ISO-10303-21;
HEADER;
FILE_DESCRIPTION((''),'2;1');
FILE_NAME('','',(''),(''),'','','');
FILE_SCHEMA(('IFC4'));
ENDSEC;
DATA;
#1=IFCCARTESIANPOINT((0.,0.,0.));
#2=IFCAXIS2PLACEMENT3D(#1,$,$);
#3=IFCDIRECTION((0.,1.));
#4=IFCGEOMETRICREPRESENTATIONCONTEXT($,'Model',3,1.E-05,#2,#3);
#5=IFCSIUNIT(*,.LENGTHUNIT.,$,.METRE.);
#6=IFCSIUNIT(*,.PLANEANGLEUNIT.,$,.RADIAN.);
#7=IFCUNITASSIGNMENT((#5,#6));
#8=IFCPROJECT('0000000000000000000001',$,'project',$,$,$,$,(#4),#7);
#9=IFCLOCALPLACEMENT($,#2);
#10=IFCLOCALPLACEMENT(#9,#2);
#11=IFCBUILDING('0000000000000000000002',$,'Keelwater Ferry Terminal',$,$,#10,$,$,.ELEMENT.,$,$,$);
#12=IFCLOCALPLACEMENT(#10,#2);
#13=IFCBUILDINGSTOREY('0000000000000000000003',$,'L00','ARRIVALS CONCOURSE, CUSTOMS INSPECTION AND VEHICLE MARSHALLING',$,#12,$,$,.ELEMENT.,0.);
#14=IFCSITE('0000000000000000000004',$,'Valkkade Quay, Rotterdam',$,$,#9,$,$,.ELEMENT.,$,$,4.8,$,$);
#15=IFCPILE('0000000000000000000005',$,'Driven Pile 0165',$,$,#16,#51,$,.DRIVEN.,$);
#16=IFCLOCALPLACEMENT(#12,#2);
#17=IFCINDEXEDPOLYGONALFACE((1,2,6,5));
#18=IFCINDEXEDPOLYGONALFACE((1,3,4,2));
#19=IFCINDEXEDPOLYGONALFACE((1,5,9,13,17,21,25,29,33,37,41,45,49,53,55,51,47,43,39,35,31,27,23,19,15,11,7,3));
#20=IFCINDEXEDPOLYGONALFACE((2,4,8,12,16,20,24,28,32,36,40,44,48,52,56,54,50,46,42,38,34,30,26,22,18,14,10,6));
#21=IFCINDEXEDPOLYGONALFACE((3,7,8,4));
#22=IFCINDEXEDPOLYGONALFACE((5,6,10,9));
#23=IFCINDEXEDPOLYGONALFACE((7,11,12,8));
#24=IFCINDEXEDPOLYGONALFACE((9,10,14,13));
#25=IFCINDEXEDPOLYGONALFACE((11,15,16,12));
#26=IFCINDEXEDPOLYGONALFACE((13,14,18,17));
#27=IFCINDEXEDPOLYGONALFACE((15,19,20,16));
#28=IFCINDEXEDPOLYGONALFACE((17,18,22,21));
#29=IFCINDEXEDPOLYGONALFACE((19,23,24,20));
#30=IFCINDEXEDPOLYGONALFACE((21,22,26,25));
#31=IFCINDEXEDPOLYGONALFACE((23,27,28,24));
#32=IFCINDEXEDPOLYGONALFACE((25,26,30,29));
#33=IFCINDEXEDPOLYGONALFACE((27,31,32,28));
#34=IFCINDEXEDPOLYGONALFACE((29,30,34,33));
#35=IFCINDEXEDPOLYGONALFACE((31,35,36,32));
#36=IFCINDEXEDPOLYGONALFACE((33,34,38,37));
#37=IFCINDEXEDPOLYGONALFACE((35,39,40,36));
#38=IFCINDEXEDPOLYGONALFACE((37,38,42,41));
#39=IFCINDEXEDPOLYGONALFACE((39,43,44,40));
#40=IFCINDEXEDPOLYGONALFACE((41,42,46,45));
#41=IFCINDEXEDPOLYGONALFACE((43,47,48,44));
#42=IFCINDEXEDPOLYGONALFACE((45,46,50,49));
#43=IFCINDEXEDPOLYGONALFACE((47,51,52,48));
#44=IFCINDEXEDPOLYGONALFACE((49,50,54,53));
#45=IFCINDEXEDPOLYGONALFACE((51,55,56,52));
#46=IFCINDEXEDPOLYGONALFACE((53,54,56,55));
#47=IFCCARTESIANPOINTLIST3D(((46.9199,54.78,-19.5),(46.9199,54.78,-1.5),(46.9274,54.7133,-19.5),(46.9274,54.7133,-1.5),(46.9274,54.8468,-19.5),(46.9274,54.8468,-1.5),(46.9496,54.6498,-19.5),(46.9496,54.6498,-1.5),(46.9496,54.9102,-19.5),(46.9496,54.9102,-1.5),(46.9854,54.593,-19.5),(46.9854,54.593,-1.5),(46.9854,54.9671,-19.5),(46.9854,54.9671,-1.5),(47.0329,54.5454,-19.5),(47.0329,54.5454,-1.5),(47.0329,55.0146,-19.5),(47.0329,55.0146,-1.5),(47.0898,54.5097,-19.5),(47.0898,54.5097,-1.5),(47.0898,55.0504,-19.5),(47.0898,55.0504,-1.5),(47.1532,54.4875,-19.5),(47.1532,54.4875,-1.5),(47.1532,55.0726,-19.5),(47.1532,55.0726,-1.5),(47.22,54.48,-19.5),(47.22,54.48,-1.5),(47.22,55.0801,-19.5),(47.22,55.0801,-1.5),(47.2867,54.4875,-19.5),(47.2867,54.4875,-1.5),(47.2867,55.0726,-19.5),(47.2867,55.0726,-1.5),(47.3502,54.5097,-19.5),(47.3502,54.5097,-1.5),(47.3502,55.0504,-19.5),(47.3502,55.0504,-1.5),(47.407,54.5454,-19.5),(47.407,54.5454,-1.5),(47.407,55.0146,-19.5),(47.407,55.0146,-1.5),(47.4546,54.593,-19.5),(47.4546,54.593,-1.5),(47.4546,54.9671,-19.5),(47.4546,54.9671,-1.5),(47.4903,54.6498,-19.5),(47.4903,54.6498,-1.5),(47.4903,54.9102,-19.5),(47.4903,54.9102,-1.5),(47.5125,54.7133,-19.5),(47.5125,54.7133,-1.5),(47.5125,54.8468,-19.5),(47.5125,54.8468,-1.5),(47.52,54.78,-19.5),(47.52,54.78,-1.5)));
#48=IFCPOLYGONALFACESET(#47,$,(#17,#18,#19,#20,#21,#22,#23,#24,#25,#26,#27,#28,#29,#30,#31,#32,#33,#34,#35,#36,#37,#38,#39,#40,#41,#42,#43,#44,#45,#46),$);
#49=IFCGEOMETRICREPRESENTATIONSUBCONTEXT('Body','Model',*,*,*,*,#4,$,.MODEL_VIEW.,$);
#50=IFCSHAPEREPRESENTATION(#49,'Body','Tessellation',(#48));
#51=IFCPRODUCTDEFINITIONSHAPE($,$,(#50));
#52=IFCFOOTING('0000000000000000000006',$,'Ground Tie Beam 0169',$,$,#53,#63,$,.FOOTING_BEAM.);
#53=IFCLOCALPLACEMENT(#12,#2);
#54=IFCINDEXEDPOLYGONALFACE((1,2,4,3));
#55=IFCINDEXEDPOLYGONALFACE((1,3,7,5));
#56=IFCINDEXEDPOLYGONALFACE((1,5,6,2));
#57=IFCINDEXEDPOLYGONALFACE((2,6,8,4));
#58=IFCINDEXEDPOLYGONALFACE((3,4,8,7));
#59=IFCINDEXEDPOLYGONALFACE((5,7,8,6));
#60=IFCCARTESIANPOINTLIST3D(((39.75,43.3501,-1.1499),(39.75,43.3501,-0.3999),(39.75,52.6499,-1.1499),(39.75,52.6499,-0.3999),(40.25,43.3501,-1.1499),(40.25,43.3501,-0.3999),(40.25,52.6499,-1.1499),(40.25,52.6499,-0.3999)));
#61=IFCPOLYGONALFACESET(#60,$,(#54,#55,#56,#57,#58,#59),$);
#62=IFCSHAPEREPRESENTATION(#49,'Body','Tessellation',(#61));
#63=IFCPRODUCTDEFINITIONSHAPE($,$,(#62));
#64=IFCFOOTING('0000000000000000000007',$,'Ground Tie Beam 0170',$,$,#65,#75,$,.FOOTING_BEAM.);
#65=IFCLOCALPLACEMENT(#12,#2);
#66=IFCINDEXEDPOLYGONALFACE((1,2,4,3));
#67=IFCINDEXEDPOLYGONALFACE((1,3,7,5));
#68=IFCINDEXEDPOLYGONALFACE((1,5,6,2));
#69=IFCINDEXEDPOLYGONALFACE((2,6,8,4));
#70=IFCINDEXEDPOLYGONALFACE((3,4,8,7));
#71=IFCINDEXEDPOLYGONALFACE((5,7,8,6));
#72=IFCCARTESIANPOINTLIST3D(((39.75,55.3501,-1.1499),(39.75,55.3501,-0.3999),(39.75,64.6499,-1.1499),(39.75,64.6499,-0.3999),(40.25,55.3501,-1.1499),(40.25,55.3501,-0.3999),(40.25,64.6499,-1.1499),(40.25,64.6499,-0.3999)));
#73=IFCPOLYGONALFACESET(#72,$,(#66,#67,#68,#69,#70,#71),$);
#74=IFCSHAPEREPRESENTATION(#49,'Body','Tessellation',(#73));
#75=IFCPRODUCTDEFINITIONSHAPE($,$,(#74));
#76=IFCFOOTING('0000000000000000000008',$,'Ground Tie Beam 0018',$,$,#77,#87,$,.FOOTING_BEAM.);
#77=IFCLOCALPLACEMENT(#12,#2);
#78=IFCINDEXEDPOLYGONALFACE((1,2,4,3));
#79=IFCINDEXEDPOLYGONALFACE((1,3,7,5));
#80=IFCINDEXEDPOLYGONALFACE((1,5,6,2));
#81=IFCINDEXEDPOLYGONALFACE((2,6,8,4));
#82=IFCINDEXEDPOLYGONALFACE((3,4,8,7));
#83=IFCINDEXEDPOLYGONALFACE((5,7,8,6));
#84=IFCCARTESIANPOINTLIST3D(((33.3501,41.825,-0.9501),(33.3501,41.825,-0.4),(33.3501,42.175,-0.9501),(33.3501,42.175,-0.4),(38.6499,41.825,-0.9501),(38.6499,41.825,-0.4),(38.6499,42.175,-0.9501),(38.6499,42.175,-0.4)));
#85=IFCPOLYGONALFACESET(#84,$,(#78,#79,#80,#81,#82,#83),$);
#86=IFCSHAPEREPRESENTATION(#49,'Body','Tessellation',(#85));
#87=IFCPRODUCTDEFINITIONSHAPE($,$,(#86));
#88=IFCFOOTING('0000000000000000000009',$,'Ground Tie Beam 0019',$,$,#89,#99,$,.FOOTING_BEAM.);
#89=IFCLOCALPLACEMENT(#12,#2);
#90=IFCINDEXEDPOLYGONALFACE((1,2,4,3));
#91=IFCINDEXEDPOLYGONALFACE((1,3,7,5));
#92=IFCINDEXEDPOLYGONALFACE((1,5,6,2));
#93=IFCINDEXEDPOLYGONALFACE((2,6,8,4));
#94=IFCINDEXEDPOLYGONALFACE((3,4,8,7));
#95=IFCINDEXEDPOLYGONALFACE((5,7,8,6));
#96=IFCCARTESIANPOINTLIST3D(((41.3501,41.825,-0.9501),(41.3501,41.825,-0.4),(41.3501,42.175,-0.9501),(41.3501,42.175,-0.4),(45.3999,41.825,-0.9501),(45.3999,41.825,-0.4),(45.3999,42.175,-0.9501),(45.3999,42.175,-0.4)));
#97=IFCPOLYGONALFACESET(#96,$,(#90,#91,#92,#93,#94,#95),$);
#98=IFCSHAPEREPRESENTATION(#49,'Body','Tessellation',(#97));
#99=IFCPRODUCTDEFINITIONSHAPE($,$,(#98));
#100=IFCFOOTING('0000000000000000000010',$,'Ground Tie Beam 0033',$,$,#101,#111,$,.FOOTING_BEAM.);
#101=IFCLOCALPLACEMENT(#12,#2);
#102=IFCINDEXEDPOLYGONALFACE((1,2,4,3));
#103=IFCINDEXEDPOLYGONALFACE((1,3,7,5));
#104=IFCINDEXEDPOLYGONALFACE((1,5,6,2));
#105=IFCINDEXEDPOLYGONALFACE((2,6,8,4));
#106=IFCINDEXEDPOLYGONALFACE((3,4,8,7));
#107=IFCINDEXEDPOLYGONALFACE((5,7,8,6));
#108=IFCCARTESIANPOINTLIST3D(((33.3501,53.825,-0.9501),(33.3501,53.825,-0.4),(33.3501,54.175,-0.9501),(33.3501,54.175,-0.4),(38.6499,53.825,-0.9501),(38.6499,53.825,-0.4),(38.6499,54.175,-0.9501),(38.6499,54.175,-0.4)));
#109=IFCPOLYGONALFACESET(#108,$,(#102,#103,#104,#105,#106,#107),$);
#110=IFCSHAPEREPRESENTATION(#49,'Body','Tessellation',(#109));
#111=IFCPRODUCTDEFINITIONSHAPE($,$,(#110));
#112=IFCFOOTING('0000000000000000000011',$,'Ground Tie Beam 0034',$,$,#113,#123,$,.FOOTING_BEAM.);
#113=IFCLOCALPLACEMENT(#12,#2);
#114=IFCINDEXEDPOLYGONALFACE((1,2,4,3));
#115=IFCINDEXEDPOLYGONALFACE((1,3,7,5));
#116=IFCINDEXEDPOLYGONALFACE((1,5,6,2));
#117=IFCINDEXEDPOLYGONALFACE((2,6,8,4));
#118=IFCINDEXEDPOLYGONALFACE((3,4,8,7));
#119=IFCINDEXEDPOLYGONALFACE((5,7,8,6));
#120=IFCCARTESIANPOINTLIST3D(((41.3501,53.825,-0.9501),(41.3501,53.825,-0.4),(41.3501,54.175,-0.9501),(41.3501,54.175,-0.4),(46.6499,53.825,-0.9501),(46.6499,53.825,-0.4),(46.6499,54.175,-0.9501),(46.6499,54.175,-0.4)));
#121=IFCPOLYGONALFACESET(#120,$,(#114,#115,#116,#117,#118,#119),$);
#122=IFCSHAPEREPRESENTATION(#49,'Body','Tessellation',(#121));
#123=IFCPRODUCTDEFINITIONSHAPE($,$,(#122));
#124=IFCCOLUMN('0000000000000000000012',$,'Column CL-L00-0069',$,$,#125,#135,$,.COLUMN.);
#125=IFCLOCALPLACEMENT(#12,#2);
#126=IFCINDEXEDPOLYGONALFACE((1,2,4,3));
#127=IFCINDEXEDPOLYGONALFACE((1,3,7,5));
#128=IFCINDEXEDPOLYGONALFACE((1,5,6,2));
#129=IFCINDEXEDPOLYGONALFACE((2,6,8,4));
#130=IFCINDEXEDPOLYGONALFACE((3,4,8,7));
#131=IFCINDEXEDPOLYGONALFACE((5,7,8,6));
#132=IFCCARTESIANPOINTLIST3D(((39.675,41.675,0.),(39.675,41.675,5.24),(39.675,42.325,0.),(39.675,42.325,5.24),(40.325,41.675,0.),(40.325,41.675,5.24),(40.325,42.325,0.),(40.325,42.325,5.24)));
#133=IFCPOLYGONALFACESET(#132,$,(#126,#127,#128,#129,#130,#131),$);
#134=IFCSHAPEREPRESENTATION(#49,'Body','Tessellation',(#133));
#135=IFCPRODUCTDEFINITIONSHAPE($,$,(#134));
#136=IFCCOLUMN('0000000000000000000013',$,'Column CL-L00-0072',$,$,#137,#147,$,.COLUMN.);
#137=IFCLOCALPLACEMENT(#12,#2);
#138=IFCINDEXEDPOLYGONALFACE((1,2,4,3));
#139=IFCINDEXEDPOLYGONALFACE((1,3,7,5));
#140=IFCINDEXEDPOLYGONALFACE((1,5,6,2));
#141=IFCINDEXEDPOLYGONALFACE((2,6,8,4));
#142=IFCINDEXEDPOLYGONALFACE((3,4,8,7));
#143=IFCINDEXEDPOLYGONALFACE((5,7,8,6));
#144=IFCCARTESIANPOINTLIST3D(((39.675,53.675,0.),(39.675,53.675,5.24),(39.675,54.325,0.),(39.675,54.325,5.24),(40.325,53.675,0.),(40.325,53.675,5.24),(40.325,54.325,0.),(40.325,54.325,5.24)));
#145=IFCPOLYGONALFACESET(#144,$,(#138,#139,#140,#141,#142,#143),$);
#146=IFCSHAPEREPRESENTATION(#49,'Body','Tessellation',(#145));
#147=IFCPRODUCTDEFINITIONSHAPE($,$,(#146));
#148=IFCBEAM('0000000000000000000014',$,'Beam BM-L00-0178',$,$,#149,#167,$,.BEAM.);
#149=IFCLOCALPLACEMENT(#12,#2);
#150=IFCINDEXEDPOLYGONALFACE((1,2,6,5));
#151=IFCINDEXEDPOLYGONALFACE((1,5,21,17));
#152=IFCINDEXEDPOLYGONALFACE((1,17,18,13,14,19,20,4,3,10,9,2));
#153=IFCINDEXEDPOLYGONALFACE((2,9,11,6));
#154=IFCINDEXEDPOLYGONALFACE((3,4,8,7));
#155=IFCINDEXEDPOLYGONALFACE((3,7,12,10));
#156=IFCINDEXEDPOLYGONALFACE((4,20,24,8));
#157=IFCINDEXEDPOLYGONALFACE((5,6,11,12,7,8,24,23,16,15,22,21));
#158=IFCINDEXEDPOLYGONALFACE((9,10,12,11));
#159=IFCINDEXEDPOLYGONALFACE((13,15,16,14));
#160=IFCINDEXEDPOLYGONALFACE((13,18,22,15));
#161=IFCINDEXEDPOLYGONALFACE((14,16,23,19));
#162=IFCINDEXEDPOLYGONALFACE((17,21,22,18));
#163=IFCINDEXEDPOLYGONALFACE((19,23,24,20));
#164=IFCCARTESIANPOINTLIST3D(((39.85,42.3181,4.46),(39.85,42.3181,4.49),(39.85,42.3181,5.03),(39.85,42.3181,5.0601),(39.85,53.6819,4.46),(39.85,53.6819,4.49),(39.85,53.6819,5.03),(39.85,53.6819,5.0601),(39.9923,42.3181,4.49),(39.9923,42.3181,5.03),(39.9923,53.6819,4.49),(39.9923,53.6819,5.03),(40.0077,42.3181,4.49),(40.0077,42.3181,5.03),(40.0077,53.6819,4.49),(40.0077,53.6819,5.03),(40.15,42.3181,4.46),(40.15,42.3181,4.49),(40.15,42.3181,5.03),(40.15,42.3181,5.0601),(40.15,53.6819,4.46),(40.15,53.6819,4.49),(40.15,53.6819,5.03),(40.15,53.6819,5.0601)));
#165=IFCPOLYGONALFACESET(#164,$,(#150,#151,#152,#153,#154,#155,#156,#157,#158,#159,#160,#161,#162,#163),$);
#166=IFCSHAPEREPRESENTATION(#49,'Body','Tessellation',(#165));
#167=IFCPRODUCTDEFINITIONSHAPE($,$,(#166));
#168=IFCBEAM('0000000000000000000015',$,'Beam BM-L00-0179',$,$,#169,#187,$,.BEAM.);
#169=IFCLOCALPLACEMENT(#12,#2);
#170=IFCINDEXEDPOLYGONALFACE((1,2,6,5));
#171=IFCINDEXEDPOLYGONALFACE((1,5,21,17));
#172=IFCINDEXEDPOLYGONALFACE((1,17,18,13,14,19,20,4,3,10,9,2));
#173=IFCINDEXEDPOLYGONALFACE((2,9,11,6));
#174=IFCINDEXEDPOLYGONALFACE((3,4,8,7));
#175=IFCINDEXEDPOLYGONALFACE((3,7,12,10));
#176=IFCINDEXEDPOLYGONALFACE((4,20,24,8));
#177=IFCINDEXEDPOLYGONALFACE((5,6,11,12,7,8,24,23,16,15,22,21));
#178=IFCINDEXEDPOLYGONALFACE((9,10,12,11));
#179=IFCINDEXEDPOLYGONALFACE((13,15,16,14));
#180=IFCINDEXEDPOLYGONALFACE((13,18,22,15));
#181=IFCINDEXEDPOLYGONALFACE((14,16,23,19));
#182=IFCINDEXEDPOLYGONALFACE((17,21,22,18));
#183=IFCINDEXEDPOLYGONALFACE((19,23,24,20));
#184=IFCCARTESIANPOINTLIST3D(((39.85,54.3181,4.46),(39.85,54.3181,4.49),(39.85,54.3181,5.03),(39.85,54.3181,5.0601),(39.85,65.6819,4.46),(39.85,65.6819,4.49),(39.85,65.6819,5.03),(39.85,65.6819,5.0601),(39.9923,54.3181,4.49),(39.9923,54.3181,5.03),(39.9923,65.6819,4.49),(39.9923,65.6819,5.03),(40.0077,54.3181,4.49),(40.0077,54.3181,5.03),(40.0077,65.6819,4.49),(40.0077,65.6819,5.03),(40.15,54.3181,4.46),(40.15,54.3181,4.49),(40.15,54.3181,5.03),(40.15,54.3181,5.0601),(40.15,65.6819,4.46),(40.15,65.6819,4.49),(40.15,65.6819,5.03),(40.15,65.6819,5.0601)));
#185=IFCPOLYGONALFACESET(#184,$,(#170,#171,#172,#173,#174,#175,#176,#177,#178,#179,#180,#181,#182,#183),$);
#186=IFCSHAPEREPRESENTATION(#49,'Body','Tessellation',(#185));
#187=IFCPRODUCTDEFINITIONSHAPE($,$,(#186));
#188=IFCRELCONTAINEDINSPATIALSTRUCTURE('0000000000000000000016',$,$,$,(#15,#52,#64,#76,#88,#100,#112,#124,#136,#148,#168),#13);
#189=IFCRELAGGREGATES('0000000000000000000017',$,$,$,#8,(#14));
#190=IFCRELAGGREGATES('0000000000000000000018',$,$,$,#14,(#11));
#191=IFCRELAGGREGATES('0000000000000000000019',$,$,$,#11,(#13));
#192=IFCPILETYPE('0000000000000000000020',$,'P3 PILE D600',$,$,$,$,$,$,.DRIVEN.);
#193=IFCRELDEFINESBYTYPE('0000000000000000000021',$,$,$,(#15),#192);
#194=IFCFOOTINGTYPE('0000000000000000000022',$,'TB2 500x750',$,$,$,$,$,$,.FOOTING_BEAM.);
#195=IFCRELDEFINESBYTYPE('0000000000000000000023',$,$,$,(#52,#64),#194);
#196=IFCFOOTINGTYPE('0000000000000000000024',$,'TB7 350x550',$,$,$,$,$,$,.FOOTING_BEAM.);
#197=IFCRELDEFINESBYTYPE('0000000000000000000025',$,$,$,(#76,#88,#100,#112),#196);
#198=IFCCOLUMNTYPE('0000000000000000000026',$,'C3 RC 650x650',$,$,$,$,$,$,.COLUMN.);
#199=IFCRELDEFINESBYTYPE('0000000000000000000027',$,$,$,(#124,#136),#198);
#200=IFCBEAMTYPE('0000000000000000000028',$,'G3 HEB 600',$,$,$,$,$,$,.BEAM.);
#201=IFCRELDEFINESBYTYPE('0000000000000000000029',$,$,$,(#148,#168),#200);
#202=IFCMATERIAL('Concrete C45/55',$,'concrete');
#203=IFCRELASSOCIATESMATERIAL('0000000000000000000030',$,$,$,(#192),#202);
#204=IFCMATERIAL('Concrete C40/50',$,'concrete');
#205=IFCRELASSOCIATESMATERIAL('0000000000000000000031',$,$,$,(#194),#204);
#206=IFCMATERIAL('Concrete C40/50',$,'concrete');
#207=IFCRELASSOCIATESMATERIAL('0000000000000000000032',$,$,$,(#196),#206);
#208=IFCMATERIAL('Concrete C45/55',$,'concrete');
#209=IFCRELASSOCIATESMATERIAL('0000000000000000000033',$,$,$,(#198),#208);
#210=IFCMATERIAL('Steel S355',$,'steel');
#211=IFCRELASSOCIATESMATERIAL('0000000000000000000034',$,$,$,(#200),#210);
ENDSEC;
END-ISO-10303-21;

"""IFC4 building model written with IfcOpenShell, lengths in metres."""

from ifc_helpers import new_model, si_unit, direction, frame, origin, origin_2d, place, context, subcontext, project, spatial, rectangle, circle, i_section, extrude, material, material_profile, profile_set, type_object, element, save


model = new_model("IFC4")

# Units and contexts
model_context = context("Model", 3, precision=1e-05, world=origin(), true_north=direction((0.0, 1.0)))
body_context = subcontext(model_context, "Body", "Model", "MODEL_VIEW")
ifc_project = project(units=[si_unit("LENGTHUNIT", "METRE"), si_unit("PLANEANGLEUNIT", "RADIAN")], contexts=[model_context])

# Site, building, storey
site_placement = place(None, origin())
site = spatial("IfcSite", under=ifc_project, at=site_placement, Name="Valkkade Quay, Rotterdam", CompositionType="ELEMENT", RefElevation=4.8)
building_placement = place(site_placement, origin())
building = spatial("IfcBuilding", under=site, at=building_placement, Name="Keelwater Ferry Terminal", CompositionType="ELEMENT")
storey_placement = place(building_placement, origin())
storey = spatial("IfcBuildingStorey", under=building, at=storey_placement, Name="L00", Description="ARRIVALS CONCOURSE, CUSTOMS INSPECTION AND VEHICLE MARSHALLING", CompositionType="ELEMENT", Elevation=0.0)

# Pile
ifc_material_1 = material(Name="Concrete C45/55", Category="concrete")
ifc_material_profile_1 = material_profile(ifc_material_1, circle(Radius=0.3, at=origin_2d()), Name="PILE D600")
ifc_profile_set_1 = profile_set([ifc_material_profile_1], Name="Concrete C45/55")
pile_type_1 = type_object("IfcPileType", Name="P3 PILE D600", PredefinedType="DRIVEN", material=ifc_profile_set_1)
for number, where, z_axis, x_axis, name in (
    (1, (47.22, 54.78, -1.5), (0.0, 0.0, -1.0), (1.0, 0.0, 0.0), "Driven Pile 0165"),
):
    element("IfcPile", number, at=place(storey_placement, frame(where, z_axis=z_axis, x_axis=x_axis)), inside=storey, type_object=pile_type_1, Name=name, PredefinedType="DRIVEN", context=body_context, shape_type="SweptSolid", body=[
        extrude(circle(Radius=0.3, at=origin_2d()), origin(), (0.0, 0.0, 1.0), 18.0),
    ])

# Footings
ifc_material_2 = material(Name="Concrete C40/50", Category="concrete")
ifc_material_profile_2 = material_profile(ifc_material_2, rectangle(XDim=0.5, YDim=0.75, at=origin_2d()), Name="TB 500x750")
ifc_profile_set_2 = profile_set([ifc_material_profile_2], Name="Concrete C40/50")
footing_type_1 = type_object("IfcFootingType", Name="TB2 500x750", PredefinedType="FOOTING_BEAM", material=ifc_profile_set_2)
for number, where, z_axis, x_axis, name in (
    (2, (40.0, 43.3501, -0.7749), (0.0, 1.0, 0.0), (-1.0, 0.0, 0.0), "Ground Tie Beam 0169"),
    (3, (40.0, 55.3501, -0.7749), (0.0, 1.0, 0.0), (-1.0, 0.0, 0.0), "Ground Tie Beam 0170"),
):
    element("IfcFooting", number, at=place(storey_placement, frame(where, z_axis=z_axis, x_axis=x_axis)), inside=storey, type_object=footing_type_1, Name=name, PredefinedType="FOOTING_BEAM", context=body_context, shape_type="SweptSolid", body=[
        extrude(rectangle(XDim=0.5, YDim=0.75, at=origin_2d()), origin(), (0.0, 0.0, 1.0), 9.2998),
    ])
ifc_material_3 = material(Name="Concrete C40/50", Category="concrete")
ifc_material_profile_3 = material_profile(ifc_material_3, rectangle(XDim=0.3501, YDim=0.55, at=origin_2d()), Name="TB 350x550")
ifc_profile_set_3 = profile_set([ifc_material_profile_3], Name="Concrete C40/50")
footing_type_2 = type_object("IfcFootingType", Name="TB7 350x550", PredefinedType="FOOTING_BEAM", material=ifc_profile_set_3)
footing_1_placement = place(storey_placement, frame((33.3501, 42.0, -0.675), z_axis=(1.0, 0.0, 0.0), x_axis=(0.0, 1.0, 0.0)))
element("IfcFooting", 4, at=footing_1_placement, inside=storey, type_object=footing_type_2, Name="Ground Tie Beam 0018", PredefinedType="FOOTING_BEAM", context=body_context, shape_type="SweptSolid", body=[
    extrude(rectangle(XDim=0.3501, YDim=0.55, at=origin_2d()), origin(), (0.0, 0.0, 1.0), 5.2998),
])
footing_2_placement = place(storey_placement, frame((41.3501, 42.0, -0.675), z_axis=(1.0, 0.0, 0.0), x_axis=(0.0, 1.0, 0.0)))
element("IfcFooting", 5, at=footing_2_placement, inside=storey, type_object=footing_type_2, Name="Ground Tie Beam 0019", PredefinedType="FOOTING_BEAM", context=body_context, shape_type="SweptSolid", body=[
    extrude(rectangle(XDim=0.3501, YDim=0.55, at=origin_2d()), origin(), (0.0, 0.0, 1.0), 4.0498),
])
for number, where, z_axis, x_axis, name in (
    (6, (33.3501, 54.0, -0.675), (1.0, 0.0, 0.0), (0.0, 1.0, 0.0), "Ground Tie Beam 0033"),
    (7, (41.3501, 54.0, -0.675), (1.0, 0.0, 0.0), (0.0, 1.0, 0.0), "Ground Tie Beam 0034"),
):
    element("IfcFooting", number, at=place(storey_placement, frame(where, z_axis=z_axis, x_axis=x_axis)), inside=storey, type_object=footing_type_2, Name=name, PredefinedType="FOOTING_BEAM", context=body_context, shape_type="SweptSolid", body=[
        extrude(rectangle(XDim=0.3501, YDim=0.55, at=origin_2d()), origin(), (0.0, 0.0, 1.0), 5.2998),
    ])

# Columns
ifc_material_4 = material(Name="Concrete C45/55", Category="concrete")
ifc_material_profile_4 = material_profile(ifc_material_4, rectangle(XDim=0.6499, YDim=0.6499, at=origin_2d()), Name="RC 650x650")
ifc_profile_set_4 = profile_set([ifc_material_profile_4], Name="Concrete C45/55")
column_type = type_object("IfcColumnType", Name="C3 RC 650x650", PredefinedType="COLUMN", material=ifc_profile_set_4)
for number, where, z_axis, x_axis, name in (
    (8, (40.0, 42.0, 0.0), (0.0, 0.0, 1.0), (1.0, 0.0, 0.0), "Column CL-L00-0069"),
    (9, (40.0, 54.0, 0.0), (0.0, 0.0, 1.0), (1.0, 0.0, 0.0), "Column CL-L00-0072"),
):
    element("IfcColumn", number, at=place(storey_placement, frame(where, z_axis=z_axis, x_axis=x_axis)), inside=storey, type_object=column_type, Name=name, PredefinedType="COLUMN", context=body_context, shape_type="SweptSolid", body=[
        extrude(rectangle(XDim=0.6499, YDim=0.6499, at=origin_2d()), origin(), (0.0, 0.0, 1.0), 5.24),
    ])

# Beams
ifc_material_5 = material(Name="Steel S355", Category="steel")
ifc_material_profile_5 = material_profile(ifc_material_5, i_section(OverallWidth=0.3, OverallDepth=0.6001, WebThickness=0.0154, FlangeThickness=0.03, at=origin_2d()), Name="HEB 600")
ifc_profile_set_5 = profile_set([ifc_material_profile_5], Name="Steel S355")
beam_type_1 = type_object("IfcBeamType", Name="G3 HEB 600", PredefinedType="BEAM", material=ifc_profile_set_5)
for number, where, z_axis, x_axis, name in (
    (10, (40.0, 42.3181, 4.76), (0.0, 1.0, 0.0), (-1.0, 0.0, 0.0), "Beam BM-L00-0178"),
    (11, (40.0, 54.3181, 4.76), (0.0, 1.0, 0.0), (-1.0, 0.0, 0.0), "Beam BM-L00-0179"),
):
    element("IfcBeam", number, at=place(storey_placement, frame(where, z_axis=z_axis, x_axis=x_axis)), inside=storey, type_object=beam_type_1, Name=name, PredefinedType="BEAM", context=body_context, shape_type="SweptSolid", body=[
        extrude(i_section(OverallWidth=0.3, OverallDepth=0.6001, WebThickness=0.0154, FlangeThickness=0.03, at=origin_2d()), origin(), (0.0, 0.0, 1.0), 11.3638),
    ])

save(model, "model.ifc")
